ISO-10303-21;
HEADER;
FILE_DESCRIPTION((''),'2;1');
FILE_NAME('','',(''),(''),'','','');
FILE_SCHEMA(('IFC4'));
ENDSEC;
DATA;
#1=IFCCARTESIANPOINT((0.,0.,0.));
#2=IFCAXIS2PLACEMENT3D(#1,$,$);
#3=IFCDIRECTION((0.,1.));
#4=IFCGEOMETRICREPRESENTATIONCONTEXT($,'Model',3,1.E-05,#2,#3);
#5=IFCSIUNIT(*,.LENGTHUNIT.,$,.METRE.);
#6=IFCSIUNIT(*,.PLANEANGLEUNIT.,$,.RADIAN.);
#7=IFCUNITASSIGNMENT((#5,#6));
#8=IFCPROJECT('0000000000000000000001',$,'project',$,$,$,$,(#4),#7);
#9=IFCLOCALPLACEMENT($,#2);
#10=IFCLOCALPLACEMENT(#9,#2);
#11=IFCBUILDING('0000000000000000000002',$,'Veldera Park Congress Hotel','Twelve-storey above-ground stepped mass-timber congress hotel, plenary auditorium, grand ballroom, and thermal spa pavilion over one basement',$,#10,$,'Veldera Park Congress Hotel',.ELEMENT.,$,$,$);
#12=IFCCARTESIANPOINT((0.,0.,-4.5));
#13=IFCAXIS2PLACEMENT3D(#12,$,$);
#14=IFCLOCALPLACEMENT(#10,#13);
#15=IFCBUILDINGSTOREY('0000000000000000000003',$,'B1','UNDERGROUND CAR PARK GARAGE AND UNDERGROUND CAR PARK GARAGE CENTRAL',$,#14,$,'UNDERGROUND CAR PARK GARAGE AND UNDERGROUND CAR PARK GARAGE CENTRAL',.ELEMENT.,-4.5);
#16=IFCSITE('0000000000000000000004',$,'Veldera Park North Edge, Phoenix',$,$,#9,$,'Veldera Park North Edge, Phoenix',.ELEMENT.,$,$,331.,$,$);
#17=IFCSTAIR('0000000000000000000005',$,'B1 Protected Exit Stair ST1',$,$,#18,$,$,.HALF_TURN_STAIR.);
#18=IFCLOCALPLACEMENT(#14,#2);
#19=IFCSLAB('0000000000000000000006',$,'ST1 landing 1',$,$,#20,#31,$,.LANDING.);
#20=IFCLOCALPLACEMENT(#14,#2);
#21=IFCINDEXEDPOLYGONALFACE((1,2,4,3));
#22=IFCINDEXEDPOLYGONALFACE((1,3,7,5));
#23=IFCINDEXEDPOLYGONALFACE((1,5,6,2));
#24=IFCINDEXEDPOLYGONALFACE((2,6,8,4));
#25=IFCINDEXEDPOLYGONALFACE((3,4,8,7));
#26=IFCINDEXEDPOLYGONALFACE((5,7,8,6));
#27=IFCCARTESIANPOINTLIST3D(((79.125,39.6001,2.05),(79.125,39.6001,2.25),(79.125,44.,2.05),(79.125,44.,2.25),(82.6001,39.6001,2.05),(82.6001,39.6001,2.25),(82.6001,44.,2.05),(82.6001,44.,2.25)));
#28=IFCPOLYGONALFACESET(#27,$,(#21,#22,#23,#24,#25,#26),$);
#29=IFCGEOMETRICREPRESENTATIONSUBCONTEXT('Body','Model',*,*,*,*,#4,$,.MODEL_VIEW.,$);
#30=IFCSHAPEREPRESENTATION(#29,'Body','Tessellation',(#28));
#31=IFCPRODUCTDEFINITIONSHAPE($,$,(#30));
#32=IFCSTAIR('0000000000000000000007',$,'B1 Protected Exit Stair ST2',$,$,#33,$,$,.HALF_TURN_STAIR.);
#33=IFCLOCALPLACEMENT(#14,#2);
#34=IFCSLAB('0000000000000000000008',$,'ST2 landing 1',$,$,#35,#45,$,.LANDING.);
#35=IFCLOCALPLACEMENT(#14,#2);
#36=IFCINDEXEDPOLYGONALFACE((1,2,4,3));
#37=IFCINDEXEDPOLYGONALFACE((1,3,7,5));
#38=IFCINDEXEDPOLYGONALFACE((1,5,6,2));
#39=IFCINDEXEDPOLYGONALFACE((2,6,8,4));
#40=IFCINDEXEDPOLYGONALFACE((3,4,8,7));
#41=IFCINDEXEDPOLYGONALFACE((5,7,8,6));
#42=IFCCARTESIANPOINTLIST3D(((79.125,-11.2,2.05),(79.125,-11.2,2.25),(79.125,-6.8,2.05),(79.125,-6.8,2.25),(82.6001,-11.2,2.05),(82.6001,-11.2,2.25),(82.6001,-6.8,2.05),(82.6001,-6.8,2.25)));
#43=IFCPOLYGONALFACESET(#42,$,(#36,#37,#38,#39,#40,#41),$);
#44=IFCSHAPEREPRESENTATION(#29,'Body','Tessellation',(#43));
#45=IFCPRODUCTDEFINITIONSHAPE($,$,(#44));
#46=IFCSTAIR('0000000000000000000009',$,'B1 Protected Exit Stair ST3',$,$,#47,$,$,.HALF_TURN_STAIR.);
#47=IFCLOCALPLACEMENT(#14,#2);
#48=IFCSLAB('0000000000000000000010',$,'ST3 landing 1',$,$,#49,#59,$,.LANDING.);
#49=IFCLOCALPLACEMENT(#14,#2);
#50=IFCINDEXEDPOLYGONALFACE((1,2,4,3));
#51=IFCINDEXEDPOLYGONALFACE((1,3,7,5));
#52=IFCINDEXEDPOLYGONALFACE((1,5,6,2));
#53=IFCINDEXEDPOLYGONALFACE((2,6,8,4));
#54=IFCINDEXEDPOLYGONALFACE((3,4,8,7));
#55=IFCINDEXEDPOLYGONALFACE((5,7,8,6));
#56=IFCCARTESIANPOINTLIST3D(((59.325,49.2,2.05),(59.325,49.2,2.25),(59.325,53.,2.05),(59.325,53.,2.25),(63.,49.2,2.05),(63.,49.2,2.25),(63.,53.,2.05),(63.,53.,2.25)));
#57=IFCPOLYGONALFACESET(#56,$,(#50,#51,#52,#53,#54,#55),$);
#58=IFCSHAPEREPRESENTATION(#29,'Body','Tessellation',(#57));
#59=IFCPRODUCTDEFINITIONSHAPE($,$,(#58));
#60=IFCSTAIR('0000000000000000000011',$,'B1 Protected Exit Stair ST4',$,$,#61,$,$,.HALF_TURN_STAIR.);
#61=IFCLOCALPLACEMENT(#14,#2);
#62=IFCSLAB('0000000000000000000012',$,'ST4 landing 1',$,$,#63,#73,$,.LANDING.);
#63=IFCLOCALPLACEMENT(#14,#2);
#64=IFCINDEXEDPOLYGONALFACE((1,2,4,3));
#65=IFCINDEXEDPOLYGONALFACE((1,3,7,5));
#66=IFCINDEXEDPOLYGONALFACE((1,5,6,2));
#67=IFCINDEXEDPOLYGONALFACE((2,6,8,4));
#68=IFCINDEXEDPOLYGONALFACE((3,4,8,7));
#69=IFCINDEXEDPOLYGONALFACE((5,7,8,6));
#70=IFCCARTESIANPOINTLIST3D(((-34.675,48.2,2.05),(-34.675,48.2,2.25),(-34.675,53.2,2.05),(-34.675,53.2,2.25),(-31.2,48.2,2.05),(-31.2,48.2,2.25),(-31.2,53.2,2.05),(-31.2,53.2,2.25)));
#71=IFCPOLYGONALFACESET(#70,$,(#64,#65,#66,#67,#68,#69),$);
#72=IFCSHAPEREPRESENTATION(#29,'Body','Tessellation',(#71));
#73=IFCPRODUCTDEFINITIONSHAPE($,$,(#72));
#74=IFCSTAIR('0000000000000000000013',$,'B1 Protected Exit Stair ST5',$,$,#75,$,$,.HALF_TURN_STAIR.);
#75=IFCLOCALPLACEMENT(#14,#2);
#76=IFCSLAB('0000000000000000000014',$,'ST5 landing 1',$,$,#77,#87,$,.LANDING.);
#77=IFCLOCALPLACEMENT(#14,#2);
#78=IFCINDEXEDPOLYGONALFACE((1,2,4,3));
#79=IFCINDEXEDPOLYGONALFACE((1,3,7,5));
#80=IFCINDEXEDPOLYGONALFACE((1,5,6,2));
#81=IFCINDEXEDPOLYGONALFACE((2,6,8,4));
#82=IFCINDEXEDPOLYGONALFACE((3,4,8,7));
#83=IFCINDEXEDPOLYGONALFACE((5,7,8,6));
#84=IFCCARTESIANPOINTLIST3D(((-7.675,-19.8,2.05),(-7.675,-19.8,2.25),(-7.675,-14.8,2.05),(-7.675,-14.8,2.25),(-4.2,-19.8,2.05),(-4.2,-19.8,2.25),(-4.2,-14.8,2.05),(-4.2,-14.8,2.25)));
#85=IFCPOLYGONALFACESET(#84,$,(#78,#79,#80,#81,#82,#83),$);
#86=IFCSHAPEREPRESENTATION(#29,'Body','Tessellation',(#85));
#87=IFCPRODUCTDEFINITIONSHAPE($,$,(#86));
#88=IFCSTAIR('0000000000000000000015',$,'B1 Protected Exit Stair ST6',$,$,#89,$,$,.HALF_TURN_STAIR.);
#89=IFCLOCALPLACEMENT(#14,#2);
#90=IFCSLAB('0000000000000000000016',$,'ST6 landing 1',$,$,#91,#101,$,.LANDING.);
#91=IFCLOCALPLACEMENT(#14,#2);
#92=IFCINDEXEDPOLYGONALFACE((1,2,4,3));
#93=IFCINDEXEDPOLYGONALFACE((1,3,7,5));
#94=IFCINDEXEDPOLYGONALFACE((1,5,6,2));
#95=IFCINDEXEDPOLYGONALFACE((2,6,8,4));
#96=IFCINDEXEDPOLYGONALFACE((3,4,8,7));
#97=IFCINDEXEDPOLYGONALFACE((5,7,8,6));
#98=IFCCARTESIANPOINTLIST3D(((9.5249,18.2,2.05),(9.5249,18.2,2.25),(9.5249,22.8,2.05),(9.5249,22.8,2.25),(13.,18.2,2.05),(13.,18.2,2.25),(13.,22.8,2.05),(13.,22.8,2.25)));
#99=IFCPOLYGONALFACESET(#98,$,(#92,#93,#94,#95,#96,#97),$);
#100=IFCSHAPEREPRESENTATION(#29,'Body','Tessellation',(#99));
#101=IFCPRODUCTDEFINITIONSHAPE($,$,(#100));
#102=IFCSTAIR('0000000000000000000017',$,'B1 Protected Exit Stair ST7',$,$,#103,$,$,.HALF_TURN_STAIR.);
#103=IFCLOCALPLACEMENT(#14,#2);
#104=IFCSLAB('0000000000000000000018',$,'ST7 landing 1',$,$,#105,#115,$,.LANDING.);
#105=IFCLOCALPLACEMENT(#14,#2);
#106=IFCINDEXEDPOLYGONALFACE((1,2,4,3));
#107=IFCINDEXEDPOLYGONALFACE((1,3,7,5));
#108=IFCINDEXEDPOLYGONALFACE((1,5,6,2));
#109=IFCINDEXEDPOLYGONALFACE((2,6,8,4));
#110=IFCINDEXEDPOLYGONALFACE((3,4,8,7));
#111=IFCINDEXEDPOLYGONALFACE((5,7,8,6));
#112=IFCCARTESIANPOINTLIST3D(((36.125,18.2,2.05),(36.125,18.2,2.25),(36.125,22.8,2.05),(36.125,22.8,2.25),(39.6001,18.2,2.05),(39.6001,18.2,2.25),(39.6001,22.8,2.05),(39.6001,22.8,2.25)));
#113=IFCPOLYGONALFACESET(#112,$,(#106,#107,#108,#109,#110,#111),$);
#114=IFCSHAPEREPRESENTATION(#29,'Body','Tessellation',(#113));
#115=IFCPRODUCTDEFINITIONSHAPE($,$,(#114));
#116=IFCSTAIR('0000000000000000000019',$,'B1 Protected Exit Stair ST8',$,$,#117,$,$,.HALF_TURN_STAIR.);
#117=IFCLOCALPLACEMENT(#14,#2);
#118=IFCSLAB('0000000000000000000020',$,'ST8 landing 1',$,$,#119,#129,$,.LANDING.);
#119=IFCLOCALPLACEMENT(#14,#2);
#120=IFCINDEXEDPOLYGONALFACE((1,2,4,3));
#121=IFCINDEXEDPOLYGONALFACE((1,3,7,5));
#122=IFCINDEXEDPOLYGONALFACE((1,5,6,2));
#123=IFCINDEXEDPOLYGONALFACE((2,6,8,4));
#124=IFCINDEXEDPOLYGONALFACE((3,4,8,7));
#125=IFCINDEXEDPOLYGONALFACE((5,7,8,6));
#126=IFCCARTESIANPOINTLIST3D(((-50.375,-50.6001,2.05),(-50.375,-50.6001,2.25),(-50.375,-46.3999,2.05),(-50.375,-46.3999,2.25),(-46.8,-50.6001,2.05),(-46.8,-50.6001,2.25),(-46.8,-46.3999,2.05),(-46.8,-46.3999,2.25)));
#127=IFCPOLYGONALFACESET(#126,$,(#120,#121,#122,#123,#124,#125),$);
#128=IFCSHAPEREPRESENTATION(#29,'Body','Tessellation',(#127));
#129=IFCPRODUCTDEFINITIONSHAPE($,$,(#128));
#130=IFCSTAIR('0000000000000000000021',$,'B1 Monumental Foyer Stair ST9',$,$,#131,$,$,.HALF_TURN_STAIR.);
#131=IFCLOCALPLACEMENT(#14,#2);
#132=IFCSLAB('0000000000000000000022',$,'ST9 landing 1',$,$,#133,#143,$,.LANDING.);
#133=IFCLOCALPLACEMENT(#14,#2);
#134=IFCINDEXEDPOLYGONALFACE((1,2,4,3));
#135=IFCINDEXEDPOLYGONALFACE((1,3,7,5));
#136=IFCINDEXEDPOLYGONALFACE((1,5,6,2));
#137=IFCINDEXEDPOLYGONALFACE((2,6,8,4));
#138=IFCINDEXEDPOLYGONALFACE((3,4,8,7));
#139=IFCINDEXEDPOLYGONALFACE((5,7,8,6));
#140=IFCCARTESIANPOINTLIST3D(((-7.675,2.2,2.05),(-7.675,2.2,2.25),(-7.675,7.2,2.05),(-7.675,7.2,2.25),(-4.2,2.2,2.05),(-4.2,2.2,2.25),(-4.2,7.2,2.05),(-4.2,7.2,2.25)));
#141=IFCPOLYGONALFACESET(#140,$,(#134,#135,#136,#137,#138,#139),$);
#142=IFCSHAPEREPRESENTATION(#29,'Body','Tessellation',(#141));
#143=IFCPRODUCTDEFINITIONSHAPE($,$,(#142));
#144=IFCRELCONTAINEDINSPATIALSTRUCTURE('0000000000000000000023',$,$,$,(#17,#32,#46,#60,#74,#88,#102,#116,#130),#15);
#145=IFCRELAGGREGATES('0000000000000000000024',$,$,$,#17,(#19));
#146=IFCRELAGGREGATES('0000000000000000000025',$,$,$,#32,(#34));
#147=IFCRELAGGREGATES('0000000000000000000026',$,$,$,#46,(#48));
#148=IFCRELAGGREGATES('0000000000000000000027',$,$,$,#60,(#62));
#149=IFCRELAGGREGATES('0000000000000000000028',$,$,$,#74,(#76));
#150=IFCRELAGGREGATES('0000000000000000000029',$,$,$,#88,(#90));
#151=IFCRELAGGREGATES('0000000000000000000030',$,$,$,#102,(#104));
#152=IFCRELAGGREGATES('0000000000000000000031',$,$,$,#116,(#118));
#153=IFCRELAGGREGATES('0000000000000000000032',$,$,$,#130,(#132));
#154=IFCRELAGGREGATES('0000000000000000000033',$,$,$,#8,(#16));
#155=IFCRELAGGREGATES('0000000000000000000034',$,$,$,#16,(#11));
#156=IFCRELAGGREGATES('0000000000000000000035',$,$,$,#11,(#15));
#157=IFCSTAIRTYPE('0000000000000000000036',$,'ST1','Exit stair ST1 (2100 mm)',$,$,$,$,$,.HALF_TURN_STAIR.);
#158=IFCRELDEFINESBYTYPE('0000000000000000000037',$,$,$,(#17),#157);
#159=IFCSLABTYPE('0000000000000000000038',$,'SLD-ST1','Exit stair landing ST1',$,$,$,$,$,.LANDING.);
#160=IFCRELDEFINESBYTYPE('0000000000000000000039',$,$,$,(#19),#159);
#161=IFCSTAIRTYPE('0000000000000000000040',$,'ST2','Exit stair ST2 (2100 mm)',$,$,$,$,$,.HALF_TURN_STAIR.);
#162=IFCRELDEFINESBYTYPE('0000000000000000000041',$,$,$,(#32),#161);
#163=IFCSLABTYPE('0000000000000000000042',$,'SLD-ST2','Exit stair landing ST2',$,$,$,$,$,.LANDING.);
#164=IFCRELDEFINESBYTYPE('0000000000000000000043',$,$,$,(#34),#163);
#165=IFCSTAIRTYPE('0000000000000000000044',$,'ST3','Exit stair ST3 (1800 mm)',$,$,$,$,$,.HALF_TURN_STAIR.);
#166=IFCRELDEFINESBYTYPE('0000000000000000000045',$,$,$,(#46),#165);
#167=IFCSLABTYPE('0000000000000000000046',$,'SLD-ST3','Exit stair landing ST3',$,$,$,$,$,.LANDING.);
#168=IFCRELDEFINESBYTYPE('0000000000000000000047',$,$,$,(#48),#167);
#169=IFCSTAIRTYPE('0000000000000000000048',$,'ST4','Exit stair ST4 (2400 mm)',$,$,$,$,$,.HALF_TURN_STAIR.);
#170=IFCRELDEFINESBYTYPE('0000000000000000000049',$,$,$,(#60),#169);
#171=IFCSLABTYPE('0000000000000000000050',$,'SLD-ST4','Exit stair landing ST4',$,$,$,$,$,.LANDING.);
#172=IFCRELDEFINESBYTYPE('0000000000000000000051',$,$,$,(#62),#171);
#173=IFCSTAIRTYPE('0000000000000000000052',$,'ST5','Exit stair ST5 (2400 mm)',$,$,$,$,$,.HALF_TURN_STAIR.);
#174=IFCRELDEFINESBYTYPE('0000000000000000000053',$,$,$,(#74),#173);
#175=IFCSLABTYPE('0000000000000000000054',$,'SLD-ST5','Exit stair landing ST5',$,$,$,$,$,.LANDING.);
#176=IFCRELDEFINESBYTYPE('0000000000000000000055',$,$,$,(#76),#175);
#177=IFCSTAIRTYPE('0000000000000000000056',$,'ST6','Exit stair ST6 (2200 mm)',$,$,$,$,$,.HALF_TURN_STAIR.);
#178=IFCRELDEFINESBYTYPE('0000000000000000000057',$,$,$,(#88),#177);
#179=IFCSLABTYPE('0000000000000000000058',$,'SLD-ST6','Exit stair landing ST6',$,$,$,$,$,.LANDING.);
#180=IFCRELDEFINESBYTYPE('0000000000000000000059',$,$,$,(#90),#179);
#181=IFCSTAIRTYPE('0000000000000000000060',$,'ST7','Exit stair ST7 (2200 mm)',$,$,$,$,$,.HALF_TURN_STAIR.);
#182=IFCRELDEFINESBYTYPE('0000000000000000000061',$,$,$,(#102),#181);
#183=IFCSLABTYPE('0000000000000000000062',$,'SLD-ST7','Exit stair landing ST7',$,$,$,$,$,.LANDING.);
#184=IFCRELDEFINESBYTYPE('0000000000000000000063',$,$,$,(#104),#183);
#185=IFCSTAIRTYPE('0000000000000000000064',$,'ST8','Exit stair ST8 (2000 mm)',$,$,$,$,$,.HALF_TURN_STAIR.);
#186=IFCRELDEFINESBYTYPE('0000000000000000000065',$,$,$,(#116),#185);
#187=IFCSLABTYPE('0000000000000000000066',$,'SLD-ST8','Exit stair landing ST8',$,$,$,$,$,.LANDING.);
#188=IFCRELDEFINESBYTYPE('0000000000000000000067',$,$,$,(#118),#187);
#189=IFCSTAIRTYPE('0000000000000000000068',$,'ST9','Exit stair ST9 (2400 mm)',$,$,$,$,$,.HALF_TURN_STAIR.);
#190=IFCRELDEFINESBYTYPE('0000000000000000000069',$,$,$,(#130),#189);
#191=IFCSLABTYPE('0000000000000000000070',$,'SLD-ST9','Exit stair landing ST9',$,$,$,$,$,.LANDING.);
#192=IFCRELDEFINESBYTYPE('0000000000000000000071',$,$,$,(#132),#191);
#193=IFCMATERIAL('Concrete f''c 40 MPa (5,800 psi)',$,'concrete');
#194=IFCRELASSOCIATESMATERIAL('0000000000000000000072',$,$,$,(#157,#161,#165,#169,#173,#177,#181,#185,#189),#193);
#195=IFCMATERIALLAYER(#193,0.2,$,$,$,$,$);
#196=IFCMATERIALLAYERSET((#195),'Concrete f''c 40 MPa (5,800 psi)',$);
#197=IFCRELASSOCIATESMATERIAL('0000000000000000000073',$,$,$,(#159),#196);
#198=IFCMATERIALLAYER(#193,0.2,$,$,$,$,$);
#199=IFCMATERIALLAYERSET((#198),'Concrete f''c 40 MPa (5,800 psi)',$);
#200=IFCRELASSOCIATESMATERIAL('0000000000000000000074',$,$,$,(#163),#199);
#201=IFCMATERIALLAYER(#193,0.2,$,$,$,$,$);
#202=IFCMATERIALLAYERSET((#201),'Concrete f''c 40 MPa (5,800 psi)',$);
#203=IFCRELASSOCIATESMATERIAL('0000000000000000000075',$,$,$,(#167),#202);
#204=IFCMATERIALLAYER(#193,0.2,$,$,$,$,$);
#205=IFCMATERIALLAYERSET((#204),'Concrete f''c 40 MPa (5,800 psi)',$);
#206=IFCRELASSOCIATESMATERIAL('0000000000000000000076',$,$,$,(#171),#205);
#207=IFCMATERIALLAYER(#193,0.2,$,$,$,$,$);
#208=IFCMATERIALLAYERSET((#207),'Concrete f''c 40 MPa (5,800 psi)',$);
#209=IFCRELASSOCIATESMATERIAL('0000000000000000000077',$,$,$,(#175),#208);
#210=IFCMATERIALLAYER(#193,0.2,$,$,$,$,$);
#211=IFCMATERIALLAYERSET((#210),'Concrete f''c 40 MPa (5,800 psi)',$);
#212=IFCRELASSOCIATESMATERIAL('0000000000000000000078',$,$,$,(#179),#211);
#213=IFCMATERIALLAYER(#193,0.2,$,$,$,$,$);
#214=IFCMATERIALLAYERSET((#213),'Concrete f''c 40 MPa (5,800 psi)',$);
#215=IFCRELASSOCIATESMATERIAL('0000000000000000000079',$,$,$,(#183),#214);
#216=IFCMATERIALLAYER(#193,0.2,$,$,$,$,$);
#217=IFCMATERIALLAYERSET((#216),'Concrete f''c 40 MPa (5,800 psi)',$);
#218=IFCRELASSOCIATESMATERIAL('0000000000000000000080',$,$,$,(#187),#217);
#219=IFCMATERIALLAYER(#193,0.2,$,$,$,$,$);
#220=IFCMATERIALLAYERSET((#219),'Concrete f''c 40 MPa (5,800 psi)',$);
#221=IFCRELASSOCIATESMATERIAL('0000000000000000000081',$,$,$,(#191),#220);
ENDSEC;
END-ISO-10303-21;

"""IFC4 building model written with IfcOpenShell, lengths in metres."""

from ifc_helpers import new_model, si_unit, direction, frame, origin, place, context, subcontext, project, spatial, polyline, outline, extrude, material, layer, layer_set, type_object, element, aggregate, save


model = new_model("IFC4")

# Units and contexts
model_context = context("Model", 3, precision=1e-05, world=origin(), true_north=direction((0.0, 1.0)))
body_context = subcontext(model_context, "Body", "Model", "MODEL_VIEW")
ifc_project = project(units=[si_unit("LENGTHUNIT", "METRE"), si_unit("PLANEANGLEUNIT", "RADIAN")], contexts=[model_context])

# Site, building, storey
site_placement = place(None, origin())
site = spatial("IfcSite", under=ifc_project, at=site_placement, Name="Veldera Park North Edge, Phoenix", LongName="Veldera Park North Edge, Phoenix", CompositionType="ELEMENT", RefElevation=331.0)
building_placement = place(site_placement, origin())
building = spatial("IfcBuilding", under=site, at=building_placement, Name="Veldera Park Congress Hotel", Description="Twelve-storey above-ground stepped mass-timber congress hotel, plenary auditorium, grand ballroom, and thermal spa pavilion over one basement", LongName="Veldera Park Congress Hotel", CompositionType="ELEMENT")
storey_placement = place(building_placement, frame((0.0, 0.0, -4.5)))
storey = spatial("IfcBuildingStorey", under=building, at=storey_placement, Name="B1", Description="UNDERGROUND CAR PARK GARAGE AND UNDERGROUND CAR PARK GARAGE CENTRAL", LongName="UNDERGROUND CAR PARK GARAGE AND UNDERGROUND CAR PARK GARAGE CENTRAL", CompositionType="ELEMENT", Elevation=-4.5)

# Shared definitions
ifc_material_1 = material(Name="Concrete f'c 40 MPa (5,800 psi)", Category="concrete")

# Stairs, slabs
stair_type_1 = type_object("IfcStairType", Name="ST1", Description="Exit stair ST1 (2100 mm)", PredefinedType="HALF_TURN_STAIR", material=ifc_material_1)
stair_1_placement = place(storey_placement, origin())
stair_1 = element("IfcStair", 1, at=stair_1_placement, inside=storey, type_object=stair_type_1, Name="B1 Protected Exit Stair ST1", PredefinedType="HALF_TURN_STAIR")
ifc_layer_1 = layer(ifc_material_1, 0.2)
ifc_layer_set_1 = layer_set([ifc_layer_1], Name="Concrete f'c 40 MPa (5,800 psi)")
slab_type_1 = type_object("IfcSlabType", Name="SLD-ST1", Description="Exit stair landing ST1", PredefinedType="LANDING", material=ifc_layer_set_1)
slab_1_placement = place(storey_placement, frame((0.0, 0.0, 2.05)))
slab_1 = element("IfcSlab", 2, at=slab_1_placement, type_object=slab_type_1, Name="ST1 landing 1", PredefinedType="LANDING", context=body_context, shape_type="SweptSolid", body=[
    extrude(outline(polyline([(79.125, 39.6001), (82.6001, 39.6001), (82.6001, 44.0), (79.125, 44.0), (79.125, 39.6001)])), origin(), (0.0, 0.0, 1.0), 0.2),
])
aggregate(stair_1, [slab_1])
stair_type_2 = type_object("IfcStairType", Name="ST2", Description="Exit stair ST2 (2100 mm)", PredefinedType="HALF_TURN_STAIR", material=ifc_material_1)
stair_2_placement = place(storey_placement, origin())
stair_2 = element("IfcStair", 3, at=stair_2_placement, inside=storey, type_object=stair_type_2, Name="B1 Protected Exit Stair ST2", PredefinedType="HALF_TURN_STAIR")
ifc_layer_2 = layer(ifc_material_1, 0.2)
ifc_layer_set_2 = layer_set([ifc_layer_2], Name="Concrete f'c 40 MPa (5,800 psi)")
slab_type_2 = type_object("IfcSlabType", Name="SLD-ST2", Description="Exit stair landing ST2", PredefinedType="LANDING", material=ifc_layer_set_2)
slab_2_placement = place(storey_placement, frame((0.0, 0.0, 2.05)))
slab_2 = element("IfcSlab", 4, at=slab_2_placement, type_object=slab_type_2, Name="ST2 landing 1", PredefinedType="LANDING", context=body_context, shape_type="SweptSolid", body=[
    extrude(outline(polyline([(79.125, -11.2), (82.6001, -11.2), (82.6001, -6.8), (79.125, -6.8), (79.125, -11.2)])), origin(), (0.0, 0.0, 1.0), 0.2),
])
aggregate(stair_2, [slab_2])
stair_type_3 = type_object("IfcStairType", Name="ST3", Description="Exit stair ST3 (1800 mm)", PredefinedType="HALF_TURN_STAIR", material=ifc_material_1)
stair_3_placement = place(storey_placement, origin())
stair_3 = element("IfcStair", 5, at=stair_3_placement, inside=storey, type_object=stair_type_3, Name="B1 Protected Exit Stair ST3", PredefinedType="HALF_TURN_STAIR")
ifc_layer_3 = layer(ifc_material_1, 0.2)
ifc_layer_set_3 = layer_set([ifc_layer_3], Name="Concrete f'c 40 MPa (5,800 psi)")
slab_type_3 = type_object("IfcSlabType", Name="SLD-ST3", Description="Exit stair landing ST3", PredefinedType="LANDING", material=ifc_layer_set_3)
slab_3_placement = place(storey_placement, frame((0.0, 0.0, 2.05)))
slab_3 = element("IfcSlab", 6, at=slab_3_placement, type_object=slab_type_3, Name="ST3 landing 1", PredefinedType="LANDING", context=body_context, shape_type="SweptSolid", body=[
    extrude(outline(polyline([(59.325, 49.2), (63.0, 49.2), (63.0, 53.0), (59.325, 53.0), (59.325, 49.2)])), origin(), (0.0, 0.0, 1.0), 0.2),
])
aggregate(stair_3, [slab_3])
stair_type_4 = type_object("IfcStairType", Name="ST4", Description="Exit stair ST4 (2400 mm)", PredefinedType="HALF_TURN_STAIR", material=ifc_material_1)
stair_4_placement = place(storey_placement, origin())
stair_4 = element("IfcStair", 7, at=stair_4_placement, inside=storey, type_object=stair_type_4, Name="B1 Protected Exit Stair ST4", PredefinedType="HALF_TURN_STAIR")
ifc_layer_4 = layer(ifc_material_1, 0.2)
ifc_layer_set_4 = layer_set([ifc_layer_4], Name="Concrete f'c 40 MPa (5,800 psi)")
slab_type_4 = type_object("IfcSlabType", Name="SLD-ST4", Description="Exit stair landing ST4", PredefinedType="LANDING", material=ifc_layer_set_4)
slab_4_placement = place(storey_placement, frame((0.0, 0.0, 2.05)))
slab_4 = element("IfcSlab", 8, at=slab_4_placement, type_object=slab_type_4, Name="ST4 landing 1", PredefinedType="LANDING", context=body_context, shape_type="SweptSolid", body=[
    extrude(outline(polyline([(-34.675, 48.2), (-31.2, 48.2), (-31.2, 53.2), (-34.675, 53.2), (-34.675, 48.2)])), origin(), (0.0, 0.0, 1.0), 0.2),
])
aggregate(stair_4, [slab_4])
stair_type_5 = type_object("IfcStairType", Name="ST5", Description="Exit stair ST5 (2400 mm)", PredefinedType="HALF_TURN_STAIR", material=ifc_material_1)
stair_5_placement = place(storey_placement, origin())
stair_5 = element("IfcStair", 9, at=stair_5_placement, inside=storey, type_object=stair_type_5, Name="B1 Protected Exit Stair ST5", PredefinedType="HALF_TURN_STAIR")
ifc_layer_5 = layer(ifc_material_1, 0.2)
ifc_layer_set_5 = layer_set([ifc_layer_5], Name="Concrete f'c 40 MPa (5,800 psi)")
slab_type_5 = type_object("IfcSlabType", Name="SLD-ST5", Description="Exit stair landing ST5", PredefinedType="LANDING", material=ifc_layer_set_5)
slab_5_placement = place(storey_placement, frame((0.0, 0.0, 2.05)))
slab_5 = element("IfcSlab", 10, at=slab_5_placement, type_object=slab_type_5, Name="ST5 landing 1", PredefinedType="LANDING", context=body_context, shape_type="SweptSolid", body=[
    extrude(outline(polyline([(-7.675, -19.8), (-4.2, -19.8), (-4.2, -14.8), (-7.675, -14.8), (-7.675, -19.8)])), origin(), (0.0, 0.0, 1.0), 0.2),
])
aggregate(stair_5, [slab_5])
stair_type_6 = type_object("IfcStairType", Name="ST6", Description="Exit stair ST6 (2200 mm)", PredefinedType="HALF_TURN_STAIR", material=ifc_material_1)
stair_6_placement = place(storey_placement, origin())
stair_6 = element("IfcStair", 11, at=stair_6_placement, inside=storey, type_object=stair_type_6, Name="B1 Protected Exit Stair ST6", PredefinedType="HALF_TURN_STAIR")
ifc_layer_6 = layer(ifc_material_1, 0.2)
ifc_layer_set_6 = layer_set([ifc_layer_6], Name="Concrete f'c 40 MPa (5,800 psi)")
slab_type_6 = type_object("IfcSlabType", Name="SLD-ST6", Description="Exit stair landing ST6", PredefinedType="LANDING", material=ifc_layer_set_6)
slab_6_placement = place(storey_placement, frame((0.0, 0.0, 2.05)))
slab_6 = element("IfcSlab", 12, at=slab_6_placement, type_object=slab_type_6, Name="ST6 landing 1", PredefinedType="LANDING", context=body_context, shape_type="SweptSolid", body=[
    extrude(outline(polyline([(9.5249, 18.2), (13.0, 18.2), (13.0, 22.8), (9.5249, 22.8), (9.5249, 18.2)])), origin(), (0.0, 0.0, 1.0), 0.2),
])
aggregate(stair_6, [slab_6])
stair_type_7 = type_object("IfcStairType", Name="ST7", Description="Exit stair ST7 (2200 mm)", PredefinedType="HALF_TURN_STAIR", material=ifc_material_1)
stair_7_placement = place(storey_placement, origin())
stair_7 = element("IfcStair", 13, at=stair_7_placement, inside=storey, type_object=stair_type_7, Name="B1 Protected Exit Stair ST7", PredefinedType="HALF_TURN_STAIR")
ifc_layer_7 = layer(ifc_material_1, 0.2)
ifc_layer_set_7 = layer_set([ifc_layer_7], Name="Concrete f'c 40 MPa (5,800 psi)")
slab_type_7 = type_object("IfcSlabType", Name="SLD-ST7", Description="Exit stair landing ST7", PredefinedType="LANDING", material=ifc_layer_set_7)
slab_7_placement = place(storey_placement, frame((0.0, 0.0, 2.05)))
slab_7 = element("IfcSlab", 14, at=slab_7_placement, type_object=slab_type_7, Name="ST7 landing 1", PredefinedType="LANDING", context=body_context, shape_type="SweptSolid", body=[
    extrude(outline(polyline([(36.125, 18.2), (39.6001, 18.2), (39.6001, 22.8), (36.125, 22.8), (36.125, 18.2)])), origin(), (0.0, 0.0, 1.0), 0.2),
])
aggregate(stair_7, [slab_7])
stair_type_8 = type_object("IfcStairType", Name="ST8", Description="Exit stair ST8 (2000 mm)", PredefinedType="HALF_TURN_STAIR", material=ifc_material_1)
stair_8_placement = place(storey_placement, origin())
stair_8 = element("IfcStair", 15, at=stair_8_placement, inside=storey, type_object=stair_type_8, Name="B1 Protected Exit Stair ST8", PredefinedType="HALF_TURN_STAIR")
ifc_layer_8 = layer(ifc_material_1, 0.2)
ifc_layer_set_8 = layer_set([ifc_layer_8], Name="Concrete f'c 40 MPa (5,800 psi)")
slab_type_8 = type_object("IfcSlabType", Name="SLD-ST8", Description="Exit stair landing ST8", PredefinedType="LANDING", material=ifc_layer_set_8)
slab_8_placement = place(storey_placement, frame((0.0, 0.0, 2.05)))
slab_8 = element("IfcSlab", 16, at=slab_8_placement, type_object=slab_type_8, Name="ST8 landing 1", PredefinedType="LANDING", context=body_context, shape_type="SweptSolid", body=[
    extrude(outline(polyline([(-50.375, -50.6001), (-46.8, -50.6001), (-46.8, -46.3999), (-50.375, -46.3999), (-50.375, -50.6001)])), origin(), (0.0, 0.0, 1.0), 0.2),
])
aggregate(stair_8, [slab_8])
stair_type_9 = type_object("IfcStairType", Name="ST9", Description="Exit stair ST9 (2400 mm)", PredefinedType="HALF_TURN_STAIR", material=ifc_material_1)
stair_9_placement = place(storey_placement, origin())
stair_9 = element("IfcStair", 17, at=stair_9_placement, inside=storey, type_object=stair_type_9, Name="B1 Monumental Foyer Stair ST9", PredefinedType="HALF_TURN_STAIR")
ifc_layer_9 = layer(ifc_material_1, 0.2)
ifc_layer_set_9 = layer_set([ifc_layer_9], Name="Concrete f'c 40 MPa (5,800 psi)")
slab_type_9 = type_object("IfcSlabType", Name="SLD-ST9", Description="Exit stair landing ST9", PredefinedType="LANDING", material=ifc_layer_set_9)
slab_9_placement = place(storey_placement, frame((0.0, 0.0, 2.05)))
slab_9 = element("IfcSlab", 18, at=slab_9_placement, type_object=slab_type_9, Name="ST9 landing 1", PredefinedType="LANDING", context=body_context, shape_type="SweptSolid", body=[
    extrude(outline(polyline([(-7.675, 2.2), (-4.2, 2.2), (-4.2, 7.2), (-7.675, 7.2), (-7.675, 2.2)])), origin(), (0.0, 0.0, 1.0), 0.2),
])
aggregate(stair_9, [slab_9])

save(model, "model.ifc")
